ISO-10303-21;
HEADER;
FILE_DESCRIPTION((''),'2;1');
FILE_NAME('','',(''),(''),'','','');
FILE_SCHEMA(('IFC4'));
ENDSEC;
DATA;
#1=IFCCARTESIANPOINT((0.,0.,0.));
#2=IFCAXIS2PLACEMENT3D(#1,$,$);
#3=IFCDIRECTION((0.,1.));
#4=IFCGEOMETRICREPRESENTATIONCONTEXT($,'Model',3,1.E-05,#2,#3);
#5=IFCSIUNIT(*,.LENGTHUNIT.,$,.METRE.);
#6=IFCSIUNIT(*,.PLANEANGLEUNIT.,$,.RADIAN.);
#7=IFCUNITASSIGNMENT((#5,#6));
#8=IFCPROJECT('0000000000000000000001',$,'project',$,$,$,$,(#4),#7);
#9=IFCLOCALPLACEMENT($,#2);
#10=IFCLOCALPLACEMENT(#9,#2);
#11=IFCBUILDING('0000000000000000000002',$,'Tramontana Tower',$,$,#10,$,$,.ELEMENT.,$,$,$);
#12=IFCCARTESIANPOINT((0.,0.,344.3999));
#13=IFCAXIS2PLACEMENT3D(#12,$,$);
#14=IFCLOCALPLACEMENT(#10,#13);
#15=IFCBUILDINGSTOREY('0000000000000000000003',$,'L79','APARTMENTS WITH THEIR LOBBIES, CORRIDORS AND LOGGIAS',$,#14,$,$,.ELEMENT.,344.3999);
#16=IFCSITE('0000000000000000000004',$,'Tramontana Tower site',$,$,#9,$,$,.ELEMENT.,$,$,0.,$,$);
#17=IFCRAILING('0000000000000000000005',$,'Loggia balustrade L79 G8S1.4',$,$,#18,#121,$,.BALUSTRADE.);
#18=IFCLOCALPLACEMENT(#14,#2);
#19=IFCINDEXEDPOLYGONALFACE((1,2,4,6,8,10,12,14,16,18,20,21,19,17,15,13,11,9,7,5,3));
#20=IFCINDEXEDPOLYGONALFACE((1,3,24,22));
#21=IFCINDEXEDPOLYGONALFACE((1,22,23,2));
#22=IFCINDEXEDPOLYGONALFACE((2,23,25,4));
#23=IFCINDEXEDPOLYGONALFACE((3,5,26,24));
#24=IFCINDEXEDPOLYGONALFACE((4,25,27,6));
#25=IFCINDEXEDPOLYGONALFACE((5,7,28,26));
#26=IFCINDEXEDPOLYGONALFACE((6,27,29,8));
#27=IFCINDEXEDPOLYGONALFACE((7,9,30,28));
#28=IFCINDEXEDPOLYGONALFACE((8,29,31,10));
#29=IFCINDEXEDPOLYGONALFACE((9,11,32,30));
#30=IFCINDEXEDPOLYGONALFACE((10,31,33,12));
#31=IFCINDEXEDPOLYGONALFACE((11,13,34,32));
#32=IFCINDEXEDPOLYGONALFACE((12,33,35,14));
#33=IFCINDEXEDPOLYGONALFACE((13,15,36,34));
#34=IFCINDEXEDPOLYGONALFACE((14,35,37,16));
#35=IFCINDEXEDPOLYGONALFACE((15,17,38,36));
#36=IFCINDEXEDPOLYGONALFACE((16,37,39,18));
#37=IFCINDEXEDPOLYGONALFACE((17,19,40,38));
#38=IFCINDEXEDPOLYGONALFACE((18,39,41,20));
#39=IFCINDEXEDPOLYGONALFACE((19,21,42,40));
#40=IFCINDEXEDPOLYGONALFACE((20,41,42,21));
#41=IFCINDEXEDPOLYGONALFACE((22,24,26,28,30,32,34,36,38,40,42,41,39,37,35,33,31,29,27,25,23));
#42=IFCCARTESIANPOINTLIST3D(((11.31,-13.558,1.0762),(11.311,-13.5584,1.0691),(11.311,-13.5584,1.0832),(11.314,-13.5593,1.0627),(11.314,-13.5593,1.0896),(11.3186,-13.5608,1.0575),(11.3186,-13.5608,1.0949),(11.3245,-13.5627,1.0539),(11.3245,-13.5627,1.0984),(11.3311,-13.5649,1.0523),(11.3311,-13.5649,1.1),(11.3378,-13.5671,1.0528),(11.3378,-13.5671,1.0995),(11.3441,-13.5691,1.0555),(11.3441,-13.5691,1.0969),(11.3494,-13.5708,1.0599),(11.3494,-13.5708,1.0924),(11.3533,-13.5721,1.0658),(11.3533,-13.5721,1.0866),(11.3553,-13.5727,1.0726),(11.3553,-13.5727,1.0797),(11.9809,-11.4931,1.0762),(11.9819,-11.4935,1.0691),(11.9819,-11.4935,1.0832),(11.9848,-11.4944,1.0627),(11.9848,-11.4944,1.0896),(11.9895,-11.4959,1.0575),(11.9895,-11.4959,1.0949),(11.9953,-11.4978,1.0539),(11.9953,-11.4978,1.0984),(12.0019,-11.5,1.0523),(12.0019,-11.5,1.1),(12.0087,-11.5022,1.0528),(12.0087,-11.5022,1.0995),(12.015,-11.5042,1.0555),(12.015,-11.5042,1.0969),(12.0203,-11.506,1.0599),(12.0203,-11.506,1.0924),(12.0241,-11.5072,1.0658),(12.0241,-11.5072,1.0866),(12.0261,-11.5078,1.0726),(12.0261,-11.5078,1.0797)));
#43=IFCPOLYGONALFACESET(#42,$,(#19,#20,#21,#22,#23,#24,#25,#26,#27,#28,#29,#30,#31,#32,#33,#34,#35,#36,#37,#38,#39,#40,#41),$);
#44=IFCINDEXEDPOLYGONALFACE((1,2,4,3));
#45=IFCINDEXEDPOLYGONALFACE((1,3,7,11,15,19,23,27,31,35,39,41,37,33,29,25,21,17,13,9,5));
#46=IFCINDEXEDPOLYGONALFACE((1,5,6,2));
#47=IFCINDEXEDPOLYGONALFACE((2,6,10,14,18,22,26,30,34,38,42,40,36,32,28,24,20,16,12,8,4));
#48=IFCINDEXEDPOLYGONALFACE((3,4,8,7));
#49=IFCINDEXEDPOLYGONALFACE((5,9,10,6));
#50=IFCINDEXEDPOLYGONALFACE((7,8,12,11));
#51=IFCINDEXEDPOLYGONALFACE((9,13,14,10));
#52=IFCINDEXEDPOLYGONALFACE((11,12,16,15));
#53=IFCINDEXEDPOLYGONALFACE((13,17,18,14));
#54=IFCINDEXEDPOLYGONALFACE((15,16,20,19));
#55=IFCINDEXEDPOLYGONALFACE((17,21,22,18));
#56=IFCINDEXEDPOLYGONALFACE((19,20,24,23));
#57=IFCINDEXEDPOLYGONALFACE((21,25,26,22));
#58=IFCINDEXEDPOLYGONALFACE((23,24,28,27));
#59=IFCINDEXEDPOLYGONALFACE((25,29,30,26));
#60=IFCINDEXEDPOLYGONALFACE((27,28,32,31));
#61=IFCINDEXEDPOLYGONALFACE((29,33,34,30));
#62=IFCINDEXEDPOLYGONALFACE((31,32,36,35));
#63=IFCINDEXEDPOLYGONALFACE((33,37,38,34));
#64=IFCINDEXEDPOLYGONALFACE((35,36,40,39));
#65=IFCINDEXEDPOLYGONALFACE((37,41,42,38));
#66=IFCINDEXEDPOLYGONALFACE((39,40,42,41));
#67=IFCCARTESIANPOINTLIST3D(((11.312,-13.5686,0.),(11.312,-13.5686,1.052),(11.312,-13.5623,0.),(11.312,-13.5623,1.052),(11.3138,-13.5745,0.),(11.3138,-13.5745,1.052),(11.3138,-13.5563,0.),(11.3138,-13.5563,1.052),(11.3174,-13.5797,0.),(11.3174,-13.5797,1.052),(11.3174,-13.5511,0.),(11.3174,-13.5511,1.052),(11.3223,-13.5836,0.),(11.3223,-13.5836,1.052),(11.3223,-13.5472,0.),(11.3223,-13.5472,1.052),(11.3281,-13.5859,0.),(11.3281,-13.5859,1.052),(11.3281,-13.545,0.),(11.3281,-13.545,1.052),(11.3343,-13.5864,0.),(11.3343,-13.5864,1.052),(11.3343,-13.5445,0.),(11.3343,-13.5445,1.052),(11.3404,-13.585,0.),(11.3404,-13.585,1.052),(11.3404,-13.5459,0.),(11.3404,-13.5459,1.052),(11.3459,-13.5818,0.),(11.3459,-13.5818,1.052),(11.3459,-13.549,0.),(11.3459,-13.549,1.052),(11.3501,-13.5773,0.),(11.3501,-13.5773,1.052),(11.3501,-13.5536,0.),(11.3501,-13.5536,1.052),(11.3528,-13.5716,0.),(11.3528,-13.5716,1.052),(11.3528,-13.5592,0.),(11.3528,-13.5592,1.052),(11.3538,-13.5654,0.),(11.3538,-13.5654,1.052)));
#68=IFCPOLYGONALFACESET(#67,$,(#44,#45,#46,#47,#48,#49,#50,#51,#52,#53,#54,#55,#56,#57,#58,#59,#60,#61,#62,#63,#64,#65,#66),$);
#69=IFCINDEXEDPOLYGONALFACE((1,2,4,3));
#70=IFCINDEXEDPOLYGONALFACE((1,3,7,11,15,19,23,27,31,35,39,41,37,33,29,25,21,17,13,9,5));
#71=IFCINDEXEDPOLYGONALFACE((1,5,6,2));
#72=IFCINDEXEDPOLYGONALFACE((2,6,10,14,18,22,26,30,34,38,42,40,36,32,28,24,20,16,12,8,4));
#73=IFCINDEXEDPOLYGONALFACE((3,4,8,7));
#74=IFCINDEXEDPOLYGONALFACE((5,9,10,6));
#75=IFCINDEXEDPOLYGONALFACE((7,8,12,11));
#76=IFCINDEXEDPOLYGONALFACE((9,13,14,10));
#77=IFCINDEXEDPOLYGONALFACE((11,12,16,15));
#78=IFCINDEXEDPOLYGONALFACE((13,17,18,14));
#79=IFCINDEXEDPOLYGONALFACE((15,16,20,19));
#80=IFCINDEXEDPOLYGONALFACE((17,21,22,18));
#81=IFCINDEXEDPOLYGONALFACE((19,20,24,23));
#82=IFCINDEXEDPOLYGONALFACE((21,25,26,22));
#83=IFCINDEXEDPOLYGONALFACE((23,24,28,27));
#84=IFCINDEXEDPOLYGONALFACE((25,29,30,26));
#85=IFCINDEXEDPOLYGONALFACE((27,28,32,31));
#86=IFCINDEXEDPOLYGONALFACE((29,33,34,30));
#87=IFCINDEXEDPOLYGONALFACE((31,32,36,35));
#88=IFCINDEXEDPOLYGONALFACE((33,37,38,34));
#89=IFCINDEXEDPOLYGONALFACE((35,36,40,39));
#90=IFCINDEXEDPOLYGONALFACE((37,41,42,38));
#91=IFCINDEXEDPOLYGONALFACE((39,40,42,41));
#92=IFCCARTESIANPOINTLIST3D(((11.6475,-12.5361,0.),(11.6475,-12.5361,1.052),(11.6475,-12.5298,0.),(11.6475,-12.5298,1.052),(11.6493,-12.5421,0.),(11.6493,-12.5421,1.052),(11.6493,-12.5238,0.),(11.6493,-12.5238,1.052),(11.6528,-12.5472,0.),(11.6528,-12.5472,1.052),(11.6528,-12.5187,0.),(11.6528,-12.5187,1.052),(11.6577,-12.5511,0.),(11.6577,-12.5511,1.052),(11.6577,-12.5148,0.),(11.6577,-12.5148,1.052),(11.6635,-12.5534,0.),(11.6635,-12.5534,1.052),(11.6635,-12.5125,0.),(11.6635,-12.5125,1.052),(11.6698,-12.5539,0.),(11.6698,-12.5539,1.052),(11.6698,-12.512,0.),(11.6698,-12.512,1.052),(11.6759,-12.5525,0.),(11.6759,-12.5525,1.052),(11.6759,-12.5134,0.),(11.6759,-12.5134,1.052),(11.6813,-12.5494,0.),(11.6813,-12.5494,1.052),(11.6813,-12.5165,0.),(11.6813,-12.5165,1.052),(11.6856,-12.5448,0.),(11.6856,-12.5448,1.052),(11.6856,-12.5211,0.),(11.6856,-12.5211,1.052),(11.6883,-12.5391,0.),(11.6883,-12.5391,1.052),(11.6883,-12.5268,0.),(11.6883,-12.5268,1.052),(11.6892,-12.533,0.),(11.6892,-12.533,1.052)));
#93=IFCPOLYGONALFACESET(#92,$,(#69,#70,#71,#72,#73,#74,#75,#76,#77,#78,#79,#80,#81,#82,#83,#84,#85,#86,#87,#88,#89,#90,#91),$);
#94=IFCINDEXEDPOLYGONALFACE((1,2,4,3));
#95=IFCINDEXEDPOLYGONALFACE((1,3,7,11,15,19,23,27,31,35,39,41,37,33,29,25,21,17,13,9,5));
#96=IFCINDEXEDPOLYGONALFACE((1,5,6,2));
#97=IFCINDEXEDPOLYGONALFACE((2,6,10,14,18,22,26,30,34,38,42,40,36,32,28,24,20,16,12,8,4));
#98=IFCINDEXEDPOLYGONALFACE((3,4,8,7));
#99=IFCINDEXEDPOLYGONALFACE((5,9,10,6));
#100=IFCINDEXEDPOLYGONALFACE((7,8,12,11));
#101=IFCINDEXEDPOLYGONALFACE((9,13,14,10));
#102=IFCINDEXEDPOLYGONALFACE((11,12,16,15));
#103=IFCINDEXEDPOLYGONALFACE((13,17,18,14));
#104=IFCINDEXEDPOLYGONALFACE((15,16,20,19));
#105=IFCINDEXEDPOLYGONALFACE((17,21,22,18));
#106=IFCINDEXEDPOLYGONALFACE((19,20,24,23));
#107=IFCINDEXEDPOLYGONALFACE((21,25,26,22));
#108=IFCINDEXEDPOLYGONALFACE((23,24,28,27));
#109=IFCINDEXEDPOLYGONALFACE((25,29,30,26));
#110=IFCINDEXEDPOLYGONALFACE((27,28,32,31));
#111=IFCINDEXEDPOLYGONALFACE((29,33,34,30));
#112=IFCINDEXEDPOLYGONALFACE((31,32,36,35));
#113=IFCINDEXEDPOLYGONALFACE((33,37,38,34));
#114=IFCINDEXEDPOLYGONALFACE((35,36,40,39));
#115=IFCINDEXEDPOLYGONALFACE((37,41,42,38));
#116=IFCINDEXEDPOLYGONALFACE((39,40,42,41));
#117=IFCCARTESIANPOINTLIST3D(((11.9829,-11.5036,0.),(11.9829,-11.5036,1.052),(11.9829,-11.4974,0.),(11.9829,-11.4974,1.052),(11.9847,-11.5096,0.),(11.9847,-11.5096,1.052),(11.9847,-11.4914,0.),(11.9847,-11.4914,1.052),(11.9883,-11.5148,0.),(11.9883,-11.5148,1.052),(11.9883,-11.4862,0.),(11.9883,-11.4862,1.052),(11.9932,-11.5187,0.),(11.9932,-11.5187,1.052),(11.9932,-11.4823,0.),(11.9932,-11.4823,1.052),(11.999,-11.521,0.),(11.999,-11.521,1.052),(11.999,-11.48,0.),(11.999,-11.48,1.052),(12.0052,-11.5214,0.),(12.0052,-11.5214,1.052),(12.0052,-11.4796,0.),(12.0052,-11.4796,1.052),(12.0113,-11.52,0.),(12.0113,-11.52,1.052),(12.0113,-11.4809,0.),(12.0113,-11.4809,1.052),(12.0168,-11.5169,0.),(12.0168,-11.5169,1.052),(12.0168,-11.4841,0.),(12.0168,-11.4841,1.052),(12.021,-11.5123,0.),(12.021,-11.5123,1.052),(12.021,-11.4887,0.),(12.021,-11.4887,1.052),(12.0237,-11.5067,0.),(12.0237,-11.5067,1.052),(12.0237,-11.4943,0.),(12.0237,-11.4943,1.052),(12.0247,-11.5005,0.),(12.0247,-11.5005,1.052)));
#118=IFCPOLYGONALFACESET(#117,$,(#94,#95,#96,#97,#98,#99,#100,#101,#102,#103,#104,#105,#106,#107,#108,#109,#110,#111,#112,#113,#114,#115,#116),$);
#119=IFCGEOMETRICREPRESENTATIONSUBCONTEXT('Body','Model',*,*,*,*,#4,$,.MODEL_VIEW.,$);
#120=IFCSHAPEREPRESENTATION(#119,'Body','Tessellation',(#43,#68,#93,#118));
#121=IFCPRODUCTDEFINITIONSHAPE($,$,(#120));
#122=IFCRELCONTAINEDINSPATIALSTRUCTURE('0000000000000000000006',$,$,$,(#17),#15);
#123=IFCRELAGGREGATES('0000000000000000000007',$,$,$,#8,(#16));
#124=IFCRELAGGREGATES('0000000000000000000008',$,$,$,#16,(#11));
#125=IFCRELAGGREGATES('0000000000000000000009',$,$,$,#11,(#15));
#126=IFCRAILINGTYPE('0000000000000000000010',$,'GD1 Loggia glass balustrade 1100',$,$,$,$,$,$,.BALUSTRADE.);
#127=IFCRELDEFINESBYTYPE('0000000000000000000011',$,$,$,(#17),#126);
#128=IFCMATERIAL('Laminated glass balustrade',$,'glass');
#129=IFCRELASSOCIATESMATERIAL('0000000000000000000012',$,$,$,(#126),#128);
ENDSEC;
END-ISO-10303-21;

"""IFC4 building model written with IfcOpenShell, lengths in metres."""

from ifc_helpers import new_model, si_unit, direction, frame, origin, origin_2d, place, context, subcontext, project, spatial, circle, extrude, material, type_object, element, save


model = new_model("IFC4")

# Units and contexts
model_context = context("Model", 3, precision=1e-05, world=origin(), true_north=direction((0.0, 1.0)))
body_context = subcontext(model_context, "Body", "Model", "MODEL_VIEW")
ifc_project = project(units=[si_unit("LENGTHUNIT", "METRE"), si_unit("PLANEANGLEUNIT", "RADIAN")], contexts=[model_context])

# Site, building, storey
site_placement = place(None, origin())
site = spatial("IfcSite", under=ifc_project, at=site_placement, Name="Tramontana Tower site", CompositionType="ELEMENT", RefElevation=0.0)
building_placement = place(site_placement, origin())
building = spatial("IfcBuilding", under=site, at=building_placement, Name="Tramontana Tower", CompositionType="ELEMENT")
storey_placement = place(building_placement, frame((0.0, 0.0, 344.3999)))
storey = spatial("IfcBuildingStorey", under=building, at=storey_placement, Name="L79", Description="APARTMENTS WITH THEIR LOBBIES, CORRIDORS AND LOGGIAS", CompositionType="ELEMENT", Elevation=344.3999)

# Railing
ifc_material_1 = material(Name="Laminated glass balustrade", Category="glass")
railing_type = type_object("IfcRailingType", Name="GD1 Loggia glass balustrade 1100", PredefinedType="BALUSTRADE", material=ifc_material_1)
railing_placement = place(storey_placement, frame((11.3328, -13.5654, 0.0)))
element("IfcRailing", 1, at=railing_placement, inside=storey, type_object=railing_type, Name="Loggia balustrade L79 G8S1.4", PredefinedType="BALUSTRADE", context=body_context, shape_type="SweptSolid", body=[
    extrude(circle(Radius=0.0239, at=origin_2d()), frame((0.0, 0.0, 1.0762), z_axis=(0.309, 0.951062, 0.0), x_axis=(-0.951062, 0.309, 0.0)), (0.0, 0.0, 1.0), 2.1711),
    extrude(circle(Radius=0.021, at=origin_2d()), origin(), (0.0, 0.0, 1.0), 1.052),
    extrude(circle(Radius=0.021, at=origin_2d()), frame((0.3354, 1.0325, 0.0)), (0.0, 0.0, 1.0), 1.052),
    extrude(circle(Radius=0.021, at=origin_2d()), frame((0.6709, 2.0649, 0.0)), (0.0, 0.0, 1.0), 1.052),
])

save(model, "model.ifc")
